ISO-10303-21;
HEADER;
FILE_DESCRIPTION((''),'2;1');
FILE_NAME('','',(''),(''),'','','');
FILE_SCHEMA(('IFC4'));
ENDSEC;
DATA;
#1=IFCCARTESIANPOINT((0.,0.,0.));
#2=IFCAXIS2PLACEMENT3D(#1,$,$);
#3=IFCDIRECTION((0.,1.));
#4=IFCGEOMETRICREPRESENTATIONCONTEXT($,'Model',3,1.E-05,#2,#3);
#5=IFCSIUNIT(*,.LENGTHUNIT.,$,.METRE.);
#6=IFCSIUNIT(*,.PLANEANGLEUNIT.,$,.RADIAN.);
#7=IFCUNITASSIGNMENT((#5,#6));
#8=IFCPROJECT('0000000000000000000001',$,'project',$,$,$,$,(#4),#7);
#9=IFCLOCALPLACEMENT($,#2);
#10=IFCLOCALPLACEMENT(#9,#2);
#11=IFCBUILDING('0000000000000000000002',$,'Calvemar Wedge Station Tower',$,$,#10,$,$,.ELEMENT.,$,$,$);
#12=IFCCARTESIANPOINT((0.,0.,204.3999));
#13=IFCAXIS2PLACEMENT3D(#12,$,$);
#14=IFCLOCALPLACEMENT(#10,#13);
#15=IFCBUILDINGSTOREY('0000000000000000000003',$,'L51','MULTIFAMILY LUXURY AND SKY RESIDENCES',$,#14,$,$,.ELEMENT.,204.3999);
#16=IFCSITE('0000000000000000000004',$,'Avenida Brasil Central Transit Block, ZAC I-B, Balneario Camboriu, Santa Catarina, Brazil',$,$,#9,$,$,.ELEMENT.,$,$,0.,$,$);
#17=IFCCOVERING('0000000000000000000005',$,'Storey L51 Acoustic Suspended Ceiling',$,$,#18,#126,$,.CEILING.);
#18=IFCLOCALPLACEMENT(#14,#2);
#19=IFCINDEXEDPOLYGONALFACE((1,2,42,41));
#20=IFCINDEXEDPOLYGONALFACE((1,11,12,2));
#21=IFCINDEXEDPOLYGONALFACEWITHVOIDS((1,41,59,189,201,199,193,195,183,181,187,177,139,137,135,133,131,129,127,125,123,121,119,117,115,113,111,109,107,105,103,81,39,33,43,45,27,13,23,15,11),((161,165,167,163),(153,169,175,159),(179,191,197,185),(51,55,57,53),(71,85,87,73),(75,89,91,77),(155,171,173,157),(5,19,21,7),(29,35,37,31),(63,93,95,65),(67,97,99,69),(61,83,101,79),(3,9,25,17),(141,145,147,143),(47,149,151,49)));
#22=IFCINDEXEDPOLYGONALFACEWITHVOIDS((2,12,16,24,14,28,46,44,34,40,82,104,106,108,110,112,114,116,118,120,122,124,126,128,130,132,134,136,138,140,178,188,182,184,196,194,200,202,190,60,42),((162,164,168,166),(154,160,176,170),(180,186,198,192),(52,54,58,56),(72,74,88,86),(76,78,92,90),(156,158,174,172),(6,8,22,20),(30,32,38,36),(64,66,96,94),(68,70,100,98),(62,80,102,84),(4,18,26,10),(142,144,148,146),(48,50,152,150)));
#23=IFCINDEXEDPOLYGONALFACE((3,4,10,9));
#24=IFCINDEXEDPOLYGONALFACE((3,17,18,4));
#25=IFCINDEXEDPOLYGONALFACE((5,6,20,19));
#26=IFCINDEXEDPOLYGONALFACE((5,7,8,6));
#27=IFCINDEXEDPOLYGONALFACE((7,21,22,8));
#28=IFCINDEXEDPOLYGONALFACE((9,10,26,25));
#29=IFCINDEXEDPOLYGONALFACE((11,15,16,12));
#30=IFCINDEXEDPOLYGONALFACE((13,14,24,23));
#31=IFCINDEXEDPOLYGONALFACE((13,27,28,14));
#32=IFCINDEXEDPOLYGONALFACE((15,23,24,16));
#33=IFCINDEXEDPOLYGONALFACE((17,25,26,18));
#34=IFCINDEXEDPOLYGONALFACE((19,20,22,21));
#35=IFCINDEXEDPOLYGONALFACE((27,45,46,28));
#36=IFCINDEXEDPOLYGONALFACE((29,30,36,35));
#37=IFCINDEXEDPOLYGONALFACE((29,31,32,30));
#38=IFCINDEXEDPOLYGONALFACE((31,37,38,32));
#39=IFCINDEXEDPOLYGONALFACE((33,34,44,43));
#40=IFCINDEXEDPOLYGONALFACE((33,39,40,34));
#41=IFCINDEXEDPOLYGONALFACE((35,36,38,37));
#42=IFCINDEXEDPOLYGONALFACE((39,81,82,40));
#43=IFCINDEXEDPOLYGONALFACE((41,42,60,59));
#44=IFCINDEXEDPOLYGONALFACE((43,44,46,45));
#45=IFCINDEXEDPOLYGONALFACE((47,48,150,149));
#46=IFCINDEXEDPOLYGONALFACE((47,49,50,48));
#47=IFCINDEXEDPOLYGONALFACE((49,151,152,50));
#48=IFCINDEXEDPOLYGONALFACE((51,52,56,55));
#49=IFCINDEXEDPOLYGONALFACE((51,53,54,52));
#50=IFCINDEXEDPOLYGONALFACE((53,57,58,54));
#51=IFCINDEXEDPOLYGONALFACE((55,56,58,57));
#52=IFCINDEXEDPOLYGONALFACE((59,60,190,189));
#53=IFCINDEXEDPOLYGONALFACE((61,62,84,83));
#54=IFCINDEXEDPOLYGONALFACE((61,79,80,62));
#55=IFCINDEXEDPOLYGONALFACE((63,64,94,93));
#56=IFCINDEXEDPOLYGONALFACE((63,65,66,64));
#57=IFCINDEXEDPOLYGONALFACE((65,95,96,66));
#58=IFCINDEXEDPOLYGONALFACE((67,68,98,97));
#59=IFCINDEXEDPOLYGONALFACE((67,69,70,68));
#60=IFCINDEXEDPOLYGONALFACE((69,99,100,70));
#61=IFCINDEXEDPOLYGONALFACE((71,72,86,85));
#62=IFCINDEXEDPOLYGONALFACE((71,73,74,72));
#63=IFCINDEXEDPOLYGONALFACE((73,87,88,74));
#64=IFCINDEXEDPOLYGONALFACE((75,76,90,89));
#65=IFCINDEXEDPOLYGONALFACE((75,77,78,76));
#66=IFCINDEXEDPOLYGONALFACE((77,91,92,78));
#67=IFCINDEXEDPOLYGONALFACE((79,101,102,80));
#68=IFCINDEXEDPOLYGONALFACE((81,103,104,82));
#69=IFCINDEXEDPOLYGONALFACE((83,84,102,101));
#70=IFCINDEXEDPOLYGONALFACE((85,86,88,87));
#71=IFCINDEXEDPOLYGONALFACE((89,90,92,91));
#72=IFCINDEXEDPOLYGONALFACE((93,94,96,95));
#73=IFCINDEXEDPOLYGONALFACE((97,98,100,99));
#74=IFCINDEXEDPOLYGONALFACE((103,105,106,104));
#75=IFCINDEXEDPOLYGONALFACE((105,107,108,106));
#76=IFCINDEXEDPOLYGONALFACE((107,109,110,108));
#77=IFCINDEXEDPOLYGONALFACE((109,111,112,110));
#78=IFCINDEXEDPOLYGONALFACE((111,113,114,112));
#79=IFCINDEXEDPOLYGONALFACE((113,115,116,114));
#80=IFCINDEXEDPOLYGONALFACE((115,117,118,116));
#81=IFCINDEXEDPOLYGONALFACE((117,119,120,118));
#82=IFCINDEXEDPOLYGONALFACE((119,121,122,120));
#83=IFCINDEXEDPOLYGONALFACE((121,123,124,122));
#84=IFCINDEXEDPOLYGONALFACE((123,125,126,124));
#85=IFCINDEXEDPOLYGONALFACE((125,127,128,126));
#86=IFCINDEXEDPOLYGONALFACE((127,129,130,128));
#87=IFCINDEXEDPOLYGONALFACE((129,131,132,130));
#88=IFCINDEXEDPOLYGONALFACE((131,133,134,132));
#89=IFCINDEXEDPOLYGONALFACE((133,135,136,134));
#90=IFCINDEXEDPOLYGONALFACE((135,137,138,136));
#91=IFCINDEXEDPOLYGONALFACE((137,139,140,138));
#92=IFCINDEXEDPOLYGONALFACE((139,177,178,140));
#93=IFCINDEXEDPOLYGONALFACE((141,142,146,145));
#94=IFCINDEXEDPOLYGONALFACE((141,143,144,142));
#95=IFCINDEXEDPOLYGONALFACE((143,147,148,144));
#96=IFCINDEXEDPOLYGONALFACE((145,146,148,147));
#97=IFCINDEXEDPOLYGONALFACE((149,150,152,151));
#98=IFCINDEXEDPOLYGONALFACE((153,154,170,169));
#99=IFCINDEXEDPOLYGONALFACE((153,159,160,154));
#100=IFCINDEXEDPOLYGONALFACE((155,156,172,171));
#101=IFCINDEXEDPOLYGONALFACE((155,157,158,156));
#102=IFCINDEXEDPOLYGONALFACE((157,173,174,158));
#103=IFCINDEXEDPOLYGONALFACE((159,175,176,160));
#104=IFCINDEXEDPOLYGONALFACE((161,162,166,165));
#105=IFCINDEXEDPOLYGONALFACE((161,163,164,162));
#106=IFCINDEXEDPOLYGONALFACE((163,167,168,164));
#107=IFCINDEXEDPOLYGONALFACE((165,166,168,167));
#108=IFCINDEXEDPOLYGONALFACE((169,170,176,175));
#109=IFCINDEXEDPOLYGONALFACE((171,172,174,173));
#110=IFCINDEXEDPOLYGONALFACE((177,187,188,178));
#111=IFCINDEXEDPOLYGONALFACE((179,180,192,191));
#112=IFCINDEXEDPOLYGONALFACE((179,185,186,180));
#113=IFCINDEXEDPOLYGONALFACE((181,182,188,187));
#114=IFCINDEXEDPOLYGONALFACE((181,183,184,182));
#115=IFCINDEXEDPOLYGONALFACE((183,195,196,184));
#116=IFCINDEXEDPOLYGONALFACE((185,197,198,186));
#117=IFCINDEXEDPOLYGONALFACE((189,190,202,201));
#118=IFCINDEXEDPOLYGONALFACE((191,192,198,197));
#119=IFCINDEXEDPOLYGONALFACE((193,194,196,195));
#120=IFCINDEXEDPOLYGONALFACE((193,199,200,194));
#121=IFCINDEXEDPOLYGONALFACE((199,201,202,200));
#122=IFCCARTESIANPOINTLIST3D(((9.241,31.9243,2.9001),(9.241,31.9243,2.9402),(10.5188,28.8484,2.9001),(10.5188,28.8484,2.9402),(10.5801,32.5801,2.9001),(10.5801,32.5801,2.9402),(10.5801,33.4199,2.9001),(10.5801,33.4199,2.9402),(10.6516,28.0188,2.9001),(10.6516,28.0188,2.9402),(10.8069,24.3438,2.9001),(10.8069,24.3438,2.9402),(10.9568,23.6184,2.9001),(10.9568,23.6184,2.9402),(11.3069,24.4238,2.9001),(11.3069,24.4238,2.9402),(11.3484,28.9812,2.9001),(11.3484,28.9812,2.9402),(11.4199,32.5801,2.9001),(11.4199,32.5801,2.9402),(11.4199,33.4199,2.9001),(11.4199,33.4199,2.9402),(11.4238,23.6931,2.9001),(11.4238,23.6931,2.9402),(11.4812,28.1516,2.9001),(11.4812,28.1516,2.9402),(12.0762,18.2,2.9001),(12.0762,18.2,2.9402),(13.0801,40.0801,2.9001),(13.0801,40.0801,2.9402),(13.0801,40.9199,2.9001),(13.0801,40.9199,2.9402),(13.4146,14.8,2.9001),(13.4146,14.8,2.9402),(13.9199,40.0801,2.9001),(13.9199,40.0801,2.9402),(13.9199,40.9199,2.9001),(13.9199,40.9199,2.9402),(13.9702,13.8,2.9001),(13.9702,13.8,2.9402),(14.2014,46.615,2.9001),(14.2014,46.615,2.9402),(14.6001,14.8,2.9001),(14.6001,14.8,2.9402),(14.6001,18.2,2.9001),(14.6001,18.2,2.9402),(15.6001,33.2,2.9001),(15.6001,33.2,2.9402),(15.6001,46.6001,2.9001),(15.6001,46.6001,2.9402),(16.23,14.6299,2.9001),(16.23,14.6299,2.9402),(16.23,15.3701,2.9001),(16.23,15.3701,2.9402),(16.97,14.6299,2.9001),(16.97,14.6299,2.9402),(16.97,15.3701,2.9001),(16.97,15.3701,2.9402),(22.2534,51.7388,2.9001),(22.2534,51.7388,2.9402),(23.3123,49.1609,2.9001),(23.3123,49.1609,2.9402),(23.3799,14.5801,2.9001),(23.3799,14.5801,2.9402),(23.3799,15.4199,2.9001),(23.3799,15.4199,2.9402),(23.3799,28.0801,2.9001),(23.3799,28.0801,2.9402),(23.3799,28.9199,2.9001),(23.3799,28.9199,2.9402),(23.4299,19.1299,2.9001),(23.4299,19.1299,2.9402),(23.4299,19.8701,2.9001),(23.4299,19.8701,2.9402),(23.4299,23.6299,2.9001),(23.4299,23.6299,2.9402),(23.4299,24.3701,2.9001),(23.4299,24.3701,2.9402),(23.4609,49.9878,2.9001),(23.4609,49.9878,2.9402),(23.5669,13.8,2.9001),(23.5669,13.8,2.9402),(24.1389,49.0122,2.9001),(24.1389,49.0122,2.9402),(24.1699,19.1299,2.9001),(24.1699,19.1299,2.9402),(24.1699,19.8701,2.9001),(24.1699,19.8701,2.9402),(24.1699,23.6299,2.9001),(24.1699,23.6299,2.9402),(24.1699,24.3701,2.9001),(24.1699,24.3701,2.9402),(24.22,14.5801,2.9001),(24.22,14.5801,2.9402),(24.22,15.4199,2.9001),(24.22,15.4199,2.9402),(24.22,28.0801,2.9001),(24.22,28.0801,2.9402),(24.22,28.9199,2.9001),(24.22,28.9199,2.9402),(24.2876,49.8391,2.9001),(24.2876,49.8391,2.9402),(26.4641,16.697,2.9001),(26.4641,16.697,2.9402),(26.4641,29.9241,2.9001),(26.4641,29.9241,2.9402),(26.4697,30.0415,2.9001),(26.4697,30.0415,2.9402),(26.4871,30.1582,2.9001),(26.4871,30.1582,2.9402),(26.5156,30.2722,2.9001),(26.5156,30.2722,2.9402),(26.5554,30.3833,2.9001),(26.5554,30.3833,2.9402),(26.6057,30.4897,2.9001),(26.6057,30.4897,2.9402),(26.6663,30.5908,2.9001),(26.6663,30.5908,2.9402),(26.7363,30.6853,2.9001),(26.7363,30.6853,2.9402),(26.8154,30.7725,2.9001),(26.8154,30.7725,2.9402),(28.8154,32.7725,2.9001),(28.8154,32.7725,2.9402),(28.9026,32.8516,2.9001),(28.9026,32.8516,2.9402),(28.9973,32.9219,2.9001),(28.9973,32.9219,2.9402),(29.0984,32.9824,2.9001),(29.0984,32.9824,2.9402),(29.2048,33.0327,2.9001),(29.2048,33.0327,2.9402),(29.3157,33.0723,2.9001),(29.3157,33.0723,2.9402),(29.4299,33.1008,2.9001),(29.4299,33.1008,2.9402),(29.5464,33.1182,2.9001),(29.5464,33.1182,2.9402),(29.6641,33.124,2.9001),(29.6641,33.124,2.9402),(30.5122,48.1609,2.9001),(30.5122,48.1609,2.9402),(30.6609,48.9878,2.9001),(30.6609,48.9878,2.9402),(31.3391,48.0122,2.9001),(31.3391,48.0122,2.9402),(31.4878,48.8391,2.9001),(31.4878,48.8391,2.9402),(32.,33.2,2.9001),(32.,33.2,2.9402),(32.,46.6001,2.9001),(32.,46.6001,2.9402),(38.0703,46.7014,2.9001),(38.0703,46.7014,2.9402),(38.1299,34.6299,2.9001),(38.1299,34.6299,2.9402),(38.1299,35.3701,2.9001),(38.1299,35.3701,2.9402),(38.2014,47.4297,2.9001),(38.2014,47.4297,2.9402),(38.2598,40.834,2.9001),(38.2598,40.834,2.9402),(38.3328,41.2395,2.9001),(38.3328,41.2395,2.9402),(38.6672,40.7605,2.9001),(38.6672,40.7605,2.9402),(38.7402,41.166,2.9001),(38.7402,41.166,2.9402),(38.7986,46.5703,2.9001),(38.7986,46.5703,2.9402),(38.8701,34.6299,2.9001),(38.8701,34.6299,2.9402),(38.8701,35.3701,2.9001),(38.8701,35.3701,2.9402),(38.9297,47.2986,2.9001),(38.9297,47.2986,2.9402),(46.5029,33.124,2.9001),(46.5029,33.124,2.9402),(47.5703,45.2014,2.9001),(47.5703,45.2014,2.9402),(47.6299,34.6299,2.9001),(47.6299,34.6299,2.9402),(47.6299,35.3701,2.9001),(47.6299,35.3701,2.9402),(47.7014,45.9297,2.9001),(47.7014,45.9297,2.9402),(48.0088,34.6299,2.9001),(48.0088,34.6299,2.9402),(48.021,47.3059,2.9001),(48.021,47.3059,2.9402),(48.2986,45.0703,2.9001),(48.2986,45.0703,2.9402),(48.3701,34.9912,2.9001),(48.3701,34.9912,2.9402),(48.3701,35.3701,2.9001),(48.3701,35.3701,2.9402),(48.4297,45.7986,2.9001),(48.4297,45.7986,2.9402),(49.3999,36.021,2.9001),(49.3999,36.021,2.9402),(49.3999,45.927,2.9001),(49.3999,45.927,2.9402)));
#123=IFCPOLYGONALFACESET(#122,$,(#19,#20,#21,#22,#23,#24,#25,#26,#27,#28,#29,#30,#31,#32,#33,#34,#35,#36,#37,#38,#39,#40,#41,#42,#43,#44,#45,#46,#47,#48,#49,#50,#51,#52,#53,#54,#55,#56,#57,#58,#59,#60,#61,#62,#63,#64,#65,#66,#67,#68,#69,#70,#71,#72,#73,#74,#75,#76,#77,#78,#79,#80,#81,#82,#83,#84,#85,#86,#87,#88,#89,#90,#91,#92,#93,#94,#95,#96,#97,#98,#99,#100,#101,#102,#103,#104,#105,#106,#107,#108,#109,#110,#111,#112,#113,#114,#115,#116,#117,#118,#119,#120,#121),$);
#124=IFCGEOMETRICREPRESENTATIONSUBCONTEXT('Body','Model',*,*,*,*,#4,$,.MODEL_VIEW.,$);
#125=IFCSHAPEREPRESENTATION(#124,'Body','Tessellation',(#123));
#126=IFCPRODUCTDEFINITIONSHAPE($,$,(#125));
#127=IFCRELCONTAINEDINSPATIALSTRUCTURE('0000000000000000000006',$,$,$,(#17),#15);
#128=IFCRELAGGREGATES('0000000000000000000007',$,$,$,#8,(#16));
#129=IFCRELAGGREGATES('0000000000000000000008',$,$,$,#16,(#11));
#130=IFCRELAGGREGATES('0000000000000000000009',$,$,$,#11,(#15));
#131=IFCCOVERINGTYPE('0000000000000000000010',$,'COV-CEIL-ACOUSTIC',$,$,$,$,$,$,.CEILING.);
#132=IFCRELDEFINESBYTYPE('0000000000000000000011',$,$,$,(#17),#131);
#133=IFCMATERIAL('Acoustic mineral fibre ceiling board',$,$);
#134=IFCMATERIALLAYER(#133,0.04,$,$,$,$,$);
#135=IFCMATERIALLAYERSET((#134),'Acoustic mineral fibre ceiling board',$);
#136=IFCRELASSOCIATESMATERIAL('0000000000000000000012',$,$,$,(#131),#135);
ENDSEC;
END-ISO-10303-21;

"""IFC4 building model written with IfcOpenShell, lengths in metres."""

from ifc_helpers import new_model, si_unit, direction, frame, origin, place, context, subcontext, project, spatial, polyline, outline, extrude, material, layer, layer_set, type_object, element, save


model = new_model("IFC4")

# Units and contexts
model_context = context("Model", 3, precision=1e-05, world=origin(), true_north=direction((0.0, 1.0)))
body_context = subcontext(model_context, "Body", "Model", "MODEL_VIEW")
ifc_project = project(units=[si_unit("LENGTHUNIT", "METRE"), si_unit("PLANEANGLEUNIT", "RADIAN")], contexts=[model_context])

# Site, building, storey
site_placement = place(None, origin())
site = spatial("IfcSite", under=ifc_project, at=site_placement, Name="Avenida Brasil Central Transit Block, ZAC I-B, Balneario Camboriu, Santa Catarina, Brazil", CompositionType="ELEMENT", RefElevation=0.0)
building_placement = place(site_placement, origin())
building = spatial("IfcBuilding", under=site, at=building_placement, Name="Calvemar Wedge Station Tower", CompositionType="ELEMENT")
storey_placement = place(building_placement, frame((0.0, 0.0, 204.3999)))
storey = spatial("IfcBuildingStorey", under=building, at=storey_placement, Name="L51", Description="MULTIFAMILY LUXURY AND SKY RESIDENCES", CompositionType="ELEMENT", Elevation=204.3999)

# Covering
ifc_material_1 = material(Name="Acoustic mineral fibre ceiling board")
ifc_layer_1 = layer(ifc_material_1, 0.04)
ifc_layer_set_1 = layer_set([ifc_layer_1], Name="Acoustic mineral fibre ceiling board")
covering_type_1 = type_object("IfcCoveringType", Name="COV-CEIL-ACOUSTIC", PredefinedType="CEILING", material=ifc_layer_set_1)
covering_1_placement = place(storey_placement, frame((0.0, 0.0, 2.9001)))
element("IfcCovering", 1, at=covering_1_placement, inside=storey, type_object=covering_type_1, Name="Storey L51 Acoustic Suspended Ceiling", PredefinedType="CEILING", context=body_context, shape_type="SweptSolid", body=[
    extrude(outline(polyline([(26.8154, 30.7725), (28.8154, 32.7725), (28.9026, 32.8516), (28.9973, 32.9219), (29.0984, 32.9824), (29.2048, 33.0327), (29.3157, 33.0723), (29.4299, 33.1008), (29.5464, 33.1182), (29.6641, 33.124), (46.5029, 33.124), (48.0088, 34.6299), (47.6299, 34.6299), (47.6299, 35.3701), (48.3701, 35.3701), (48.3701, 34.9912), (49.3999, 36.021), (49.3999, 45.927), (48.021, 47.3059), (22.2534, 51.7388), (14.2014, 46.615), (9.241, 31.9243), (10.8069, 24.3438), (11.3069, 24.4238), (11.4238, 23.6931), (10.9568, 23.6184), (12.0762, 18.2), (14.6001, 18.2), (14.6001, 14.8), (13.4146, 14.8), (13.9702, 13.8), (23.5669, 13.8), (26.4641, 16.697), (26.4641, 29.9241), (26.4697, 30.0415), (26.4871, 30.1582), (26.5156, 30.2722), (26.5554, 30.3833), (26.6057, 30.4897), (26.6663, 30.5908), (26.7363, 30.6853), (26.8154, 30.7725)]), holes=[polyline([(15.6001, 46.6001), (32.0, 46.6001), (32.0, 33.2), (15.6001, 33.2), (15.6001, 46.6001)]), polyline([(10.5801, 32.5801), (10.5801, 33.4199), (11.4199, 33.4199), (11.4199, 32.5801), (10.5801, 32.5801)]), polyline([(13.0801, 40.9199), (13.9199, 40.9199), (13.9199, 40.0801), (13.0801, 40.0801), (13.0801, 40.9199)]), polyline([(24.2876, 49.8391), (24.1389, 49.0122), (23.3123, 49.1609), (23.4609, 49.9878), (24.2876, 49.8391)]), polyline([(31.3391, 48.0122), (30.5122, 48.1609), (30.6609, 48.9878), (31.4878, 48.8391), (31.3391, 48.0122)]), polyline([(38.0703, 46.7014), (38.2014, 47.4297), (38.9297, 47.2986), (38.7986, 46.5703), (38.0703, 46.7014)]), polyline([(47.7014, 45.9297), (48.4297, 45.7986), (48.2986, 45.0703), (47.5703, 45.2014), (47.7014, 45.9297)]), polyline([(38.8701, 35.3701), (38.8701, 34.6299), (38.1299, 34.6299), (38.1299, 35.3701), (38.8701, 35.3701)]), polyline([(38.2598, 40.834), (38.3328, 41.2395), (38.7402, 41.166), (38.6672, 40.7605), (38.2598, 40.834)]), polyline([(11.3484, 28.9812), (11.4812, 28.1516), (10.6516, 28.0188), (10.5188, 28.8484), (11.3484, 28.9812)]), polyline([(24.22, 28.0801), (23.3799, 28.0801), (23.3799, 28.9199), (24.22, 28.9199), (24.22, 28.0801)]), polyline([(23.4299, 23.6299), (23.4299, 24.3701), (24.1699, 24.3701), (24.1699, 23.6299), (23.4299, 23.6299)]), polyline([(23.4299, 19.8701), (24.1699, 19.8701), (24.1699, 19.1299), (23.4299, 19.1299), (23.4299, 19.8701)]), polyline([(24.22, 15.4199), (24.22, 14.5801), (23.3799, 14.5801), (23.3799, 15.4199), (24.22, 15.4199)]), polyline([(16.97, 14.6299), (16.23, 14.6299), (16.23, 15.3701), (16.97, 15.3701), (16.97, 14.6299)])]), origin(), (0.0, 0.0, 1.0), 0.04),
])

save(model, "model.ifc")
